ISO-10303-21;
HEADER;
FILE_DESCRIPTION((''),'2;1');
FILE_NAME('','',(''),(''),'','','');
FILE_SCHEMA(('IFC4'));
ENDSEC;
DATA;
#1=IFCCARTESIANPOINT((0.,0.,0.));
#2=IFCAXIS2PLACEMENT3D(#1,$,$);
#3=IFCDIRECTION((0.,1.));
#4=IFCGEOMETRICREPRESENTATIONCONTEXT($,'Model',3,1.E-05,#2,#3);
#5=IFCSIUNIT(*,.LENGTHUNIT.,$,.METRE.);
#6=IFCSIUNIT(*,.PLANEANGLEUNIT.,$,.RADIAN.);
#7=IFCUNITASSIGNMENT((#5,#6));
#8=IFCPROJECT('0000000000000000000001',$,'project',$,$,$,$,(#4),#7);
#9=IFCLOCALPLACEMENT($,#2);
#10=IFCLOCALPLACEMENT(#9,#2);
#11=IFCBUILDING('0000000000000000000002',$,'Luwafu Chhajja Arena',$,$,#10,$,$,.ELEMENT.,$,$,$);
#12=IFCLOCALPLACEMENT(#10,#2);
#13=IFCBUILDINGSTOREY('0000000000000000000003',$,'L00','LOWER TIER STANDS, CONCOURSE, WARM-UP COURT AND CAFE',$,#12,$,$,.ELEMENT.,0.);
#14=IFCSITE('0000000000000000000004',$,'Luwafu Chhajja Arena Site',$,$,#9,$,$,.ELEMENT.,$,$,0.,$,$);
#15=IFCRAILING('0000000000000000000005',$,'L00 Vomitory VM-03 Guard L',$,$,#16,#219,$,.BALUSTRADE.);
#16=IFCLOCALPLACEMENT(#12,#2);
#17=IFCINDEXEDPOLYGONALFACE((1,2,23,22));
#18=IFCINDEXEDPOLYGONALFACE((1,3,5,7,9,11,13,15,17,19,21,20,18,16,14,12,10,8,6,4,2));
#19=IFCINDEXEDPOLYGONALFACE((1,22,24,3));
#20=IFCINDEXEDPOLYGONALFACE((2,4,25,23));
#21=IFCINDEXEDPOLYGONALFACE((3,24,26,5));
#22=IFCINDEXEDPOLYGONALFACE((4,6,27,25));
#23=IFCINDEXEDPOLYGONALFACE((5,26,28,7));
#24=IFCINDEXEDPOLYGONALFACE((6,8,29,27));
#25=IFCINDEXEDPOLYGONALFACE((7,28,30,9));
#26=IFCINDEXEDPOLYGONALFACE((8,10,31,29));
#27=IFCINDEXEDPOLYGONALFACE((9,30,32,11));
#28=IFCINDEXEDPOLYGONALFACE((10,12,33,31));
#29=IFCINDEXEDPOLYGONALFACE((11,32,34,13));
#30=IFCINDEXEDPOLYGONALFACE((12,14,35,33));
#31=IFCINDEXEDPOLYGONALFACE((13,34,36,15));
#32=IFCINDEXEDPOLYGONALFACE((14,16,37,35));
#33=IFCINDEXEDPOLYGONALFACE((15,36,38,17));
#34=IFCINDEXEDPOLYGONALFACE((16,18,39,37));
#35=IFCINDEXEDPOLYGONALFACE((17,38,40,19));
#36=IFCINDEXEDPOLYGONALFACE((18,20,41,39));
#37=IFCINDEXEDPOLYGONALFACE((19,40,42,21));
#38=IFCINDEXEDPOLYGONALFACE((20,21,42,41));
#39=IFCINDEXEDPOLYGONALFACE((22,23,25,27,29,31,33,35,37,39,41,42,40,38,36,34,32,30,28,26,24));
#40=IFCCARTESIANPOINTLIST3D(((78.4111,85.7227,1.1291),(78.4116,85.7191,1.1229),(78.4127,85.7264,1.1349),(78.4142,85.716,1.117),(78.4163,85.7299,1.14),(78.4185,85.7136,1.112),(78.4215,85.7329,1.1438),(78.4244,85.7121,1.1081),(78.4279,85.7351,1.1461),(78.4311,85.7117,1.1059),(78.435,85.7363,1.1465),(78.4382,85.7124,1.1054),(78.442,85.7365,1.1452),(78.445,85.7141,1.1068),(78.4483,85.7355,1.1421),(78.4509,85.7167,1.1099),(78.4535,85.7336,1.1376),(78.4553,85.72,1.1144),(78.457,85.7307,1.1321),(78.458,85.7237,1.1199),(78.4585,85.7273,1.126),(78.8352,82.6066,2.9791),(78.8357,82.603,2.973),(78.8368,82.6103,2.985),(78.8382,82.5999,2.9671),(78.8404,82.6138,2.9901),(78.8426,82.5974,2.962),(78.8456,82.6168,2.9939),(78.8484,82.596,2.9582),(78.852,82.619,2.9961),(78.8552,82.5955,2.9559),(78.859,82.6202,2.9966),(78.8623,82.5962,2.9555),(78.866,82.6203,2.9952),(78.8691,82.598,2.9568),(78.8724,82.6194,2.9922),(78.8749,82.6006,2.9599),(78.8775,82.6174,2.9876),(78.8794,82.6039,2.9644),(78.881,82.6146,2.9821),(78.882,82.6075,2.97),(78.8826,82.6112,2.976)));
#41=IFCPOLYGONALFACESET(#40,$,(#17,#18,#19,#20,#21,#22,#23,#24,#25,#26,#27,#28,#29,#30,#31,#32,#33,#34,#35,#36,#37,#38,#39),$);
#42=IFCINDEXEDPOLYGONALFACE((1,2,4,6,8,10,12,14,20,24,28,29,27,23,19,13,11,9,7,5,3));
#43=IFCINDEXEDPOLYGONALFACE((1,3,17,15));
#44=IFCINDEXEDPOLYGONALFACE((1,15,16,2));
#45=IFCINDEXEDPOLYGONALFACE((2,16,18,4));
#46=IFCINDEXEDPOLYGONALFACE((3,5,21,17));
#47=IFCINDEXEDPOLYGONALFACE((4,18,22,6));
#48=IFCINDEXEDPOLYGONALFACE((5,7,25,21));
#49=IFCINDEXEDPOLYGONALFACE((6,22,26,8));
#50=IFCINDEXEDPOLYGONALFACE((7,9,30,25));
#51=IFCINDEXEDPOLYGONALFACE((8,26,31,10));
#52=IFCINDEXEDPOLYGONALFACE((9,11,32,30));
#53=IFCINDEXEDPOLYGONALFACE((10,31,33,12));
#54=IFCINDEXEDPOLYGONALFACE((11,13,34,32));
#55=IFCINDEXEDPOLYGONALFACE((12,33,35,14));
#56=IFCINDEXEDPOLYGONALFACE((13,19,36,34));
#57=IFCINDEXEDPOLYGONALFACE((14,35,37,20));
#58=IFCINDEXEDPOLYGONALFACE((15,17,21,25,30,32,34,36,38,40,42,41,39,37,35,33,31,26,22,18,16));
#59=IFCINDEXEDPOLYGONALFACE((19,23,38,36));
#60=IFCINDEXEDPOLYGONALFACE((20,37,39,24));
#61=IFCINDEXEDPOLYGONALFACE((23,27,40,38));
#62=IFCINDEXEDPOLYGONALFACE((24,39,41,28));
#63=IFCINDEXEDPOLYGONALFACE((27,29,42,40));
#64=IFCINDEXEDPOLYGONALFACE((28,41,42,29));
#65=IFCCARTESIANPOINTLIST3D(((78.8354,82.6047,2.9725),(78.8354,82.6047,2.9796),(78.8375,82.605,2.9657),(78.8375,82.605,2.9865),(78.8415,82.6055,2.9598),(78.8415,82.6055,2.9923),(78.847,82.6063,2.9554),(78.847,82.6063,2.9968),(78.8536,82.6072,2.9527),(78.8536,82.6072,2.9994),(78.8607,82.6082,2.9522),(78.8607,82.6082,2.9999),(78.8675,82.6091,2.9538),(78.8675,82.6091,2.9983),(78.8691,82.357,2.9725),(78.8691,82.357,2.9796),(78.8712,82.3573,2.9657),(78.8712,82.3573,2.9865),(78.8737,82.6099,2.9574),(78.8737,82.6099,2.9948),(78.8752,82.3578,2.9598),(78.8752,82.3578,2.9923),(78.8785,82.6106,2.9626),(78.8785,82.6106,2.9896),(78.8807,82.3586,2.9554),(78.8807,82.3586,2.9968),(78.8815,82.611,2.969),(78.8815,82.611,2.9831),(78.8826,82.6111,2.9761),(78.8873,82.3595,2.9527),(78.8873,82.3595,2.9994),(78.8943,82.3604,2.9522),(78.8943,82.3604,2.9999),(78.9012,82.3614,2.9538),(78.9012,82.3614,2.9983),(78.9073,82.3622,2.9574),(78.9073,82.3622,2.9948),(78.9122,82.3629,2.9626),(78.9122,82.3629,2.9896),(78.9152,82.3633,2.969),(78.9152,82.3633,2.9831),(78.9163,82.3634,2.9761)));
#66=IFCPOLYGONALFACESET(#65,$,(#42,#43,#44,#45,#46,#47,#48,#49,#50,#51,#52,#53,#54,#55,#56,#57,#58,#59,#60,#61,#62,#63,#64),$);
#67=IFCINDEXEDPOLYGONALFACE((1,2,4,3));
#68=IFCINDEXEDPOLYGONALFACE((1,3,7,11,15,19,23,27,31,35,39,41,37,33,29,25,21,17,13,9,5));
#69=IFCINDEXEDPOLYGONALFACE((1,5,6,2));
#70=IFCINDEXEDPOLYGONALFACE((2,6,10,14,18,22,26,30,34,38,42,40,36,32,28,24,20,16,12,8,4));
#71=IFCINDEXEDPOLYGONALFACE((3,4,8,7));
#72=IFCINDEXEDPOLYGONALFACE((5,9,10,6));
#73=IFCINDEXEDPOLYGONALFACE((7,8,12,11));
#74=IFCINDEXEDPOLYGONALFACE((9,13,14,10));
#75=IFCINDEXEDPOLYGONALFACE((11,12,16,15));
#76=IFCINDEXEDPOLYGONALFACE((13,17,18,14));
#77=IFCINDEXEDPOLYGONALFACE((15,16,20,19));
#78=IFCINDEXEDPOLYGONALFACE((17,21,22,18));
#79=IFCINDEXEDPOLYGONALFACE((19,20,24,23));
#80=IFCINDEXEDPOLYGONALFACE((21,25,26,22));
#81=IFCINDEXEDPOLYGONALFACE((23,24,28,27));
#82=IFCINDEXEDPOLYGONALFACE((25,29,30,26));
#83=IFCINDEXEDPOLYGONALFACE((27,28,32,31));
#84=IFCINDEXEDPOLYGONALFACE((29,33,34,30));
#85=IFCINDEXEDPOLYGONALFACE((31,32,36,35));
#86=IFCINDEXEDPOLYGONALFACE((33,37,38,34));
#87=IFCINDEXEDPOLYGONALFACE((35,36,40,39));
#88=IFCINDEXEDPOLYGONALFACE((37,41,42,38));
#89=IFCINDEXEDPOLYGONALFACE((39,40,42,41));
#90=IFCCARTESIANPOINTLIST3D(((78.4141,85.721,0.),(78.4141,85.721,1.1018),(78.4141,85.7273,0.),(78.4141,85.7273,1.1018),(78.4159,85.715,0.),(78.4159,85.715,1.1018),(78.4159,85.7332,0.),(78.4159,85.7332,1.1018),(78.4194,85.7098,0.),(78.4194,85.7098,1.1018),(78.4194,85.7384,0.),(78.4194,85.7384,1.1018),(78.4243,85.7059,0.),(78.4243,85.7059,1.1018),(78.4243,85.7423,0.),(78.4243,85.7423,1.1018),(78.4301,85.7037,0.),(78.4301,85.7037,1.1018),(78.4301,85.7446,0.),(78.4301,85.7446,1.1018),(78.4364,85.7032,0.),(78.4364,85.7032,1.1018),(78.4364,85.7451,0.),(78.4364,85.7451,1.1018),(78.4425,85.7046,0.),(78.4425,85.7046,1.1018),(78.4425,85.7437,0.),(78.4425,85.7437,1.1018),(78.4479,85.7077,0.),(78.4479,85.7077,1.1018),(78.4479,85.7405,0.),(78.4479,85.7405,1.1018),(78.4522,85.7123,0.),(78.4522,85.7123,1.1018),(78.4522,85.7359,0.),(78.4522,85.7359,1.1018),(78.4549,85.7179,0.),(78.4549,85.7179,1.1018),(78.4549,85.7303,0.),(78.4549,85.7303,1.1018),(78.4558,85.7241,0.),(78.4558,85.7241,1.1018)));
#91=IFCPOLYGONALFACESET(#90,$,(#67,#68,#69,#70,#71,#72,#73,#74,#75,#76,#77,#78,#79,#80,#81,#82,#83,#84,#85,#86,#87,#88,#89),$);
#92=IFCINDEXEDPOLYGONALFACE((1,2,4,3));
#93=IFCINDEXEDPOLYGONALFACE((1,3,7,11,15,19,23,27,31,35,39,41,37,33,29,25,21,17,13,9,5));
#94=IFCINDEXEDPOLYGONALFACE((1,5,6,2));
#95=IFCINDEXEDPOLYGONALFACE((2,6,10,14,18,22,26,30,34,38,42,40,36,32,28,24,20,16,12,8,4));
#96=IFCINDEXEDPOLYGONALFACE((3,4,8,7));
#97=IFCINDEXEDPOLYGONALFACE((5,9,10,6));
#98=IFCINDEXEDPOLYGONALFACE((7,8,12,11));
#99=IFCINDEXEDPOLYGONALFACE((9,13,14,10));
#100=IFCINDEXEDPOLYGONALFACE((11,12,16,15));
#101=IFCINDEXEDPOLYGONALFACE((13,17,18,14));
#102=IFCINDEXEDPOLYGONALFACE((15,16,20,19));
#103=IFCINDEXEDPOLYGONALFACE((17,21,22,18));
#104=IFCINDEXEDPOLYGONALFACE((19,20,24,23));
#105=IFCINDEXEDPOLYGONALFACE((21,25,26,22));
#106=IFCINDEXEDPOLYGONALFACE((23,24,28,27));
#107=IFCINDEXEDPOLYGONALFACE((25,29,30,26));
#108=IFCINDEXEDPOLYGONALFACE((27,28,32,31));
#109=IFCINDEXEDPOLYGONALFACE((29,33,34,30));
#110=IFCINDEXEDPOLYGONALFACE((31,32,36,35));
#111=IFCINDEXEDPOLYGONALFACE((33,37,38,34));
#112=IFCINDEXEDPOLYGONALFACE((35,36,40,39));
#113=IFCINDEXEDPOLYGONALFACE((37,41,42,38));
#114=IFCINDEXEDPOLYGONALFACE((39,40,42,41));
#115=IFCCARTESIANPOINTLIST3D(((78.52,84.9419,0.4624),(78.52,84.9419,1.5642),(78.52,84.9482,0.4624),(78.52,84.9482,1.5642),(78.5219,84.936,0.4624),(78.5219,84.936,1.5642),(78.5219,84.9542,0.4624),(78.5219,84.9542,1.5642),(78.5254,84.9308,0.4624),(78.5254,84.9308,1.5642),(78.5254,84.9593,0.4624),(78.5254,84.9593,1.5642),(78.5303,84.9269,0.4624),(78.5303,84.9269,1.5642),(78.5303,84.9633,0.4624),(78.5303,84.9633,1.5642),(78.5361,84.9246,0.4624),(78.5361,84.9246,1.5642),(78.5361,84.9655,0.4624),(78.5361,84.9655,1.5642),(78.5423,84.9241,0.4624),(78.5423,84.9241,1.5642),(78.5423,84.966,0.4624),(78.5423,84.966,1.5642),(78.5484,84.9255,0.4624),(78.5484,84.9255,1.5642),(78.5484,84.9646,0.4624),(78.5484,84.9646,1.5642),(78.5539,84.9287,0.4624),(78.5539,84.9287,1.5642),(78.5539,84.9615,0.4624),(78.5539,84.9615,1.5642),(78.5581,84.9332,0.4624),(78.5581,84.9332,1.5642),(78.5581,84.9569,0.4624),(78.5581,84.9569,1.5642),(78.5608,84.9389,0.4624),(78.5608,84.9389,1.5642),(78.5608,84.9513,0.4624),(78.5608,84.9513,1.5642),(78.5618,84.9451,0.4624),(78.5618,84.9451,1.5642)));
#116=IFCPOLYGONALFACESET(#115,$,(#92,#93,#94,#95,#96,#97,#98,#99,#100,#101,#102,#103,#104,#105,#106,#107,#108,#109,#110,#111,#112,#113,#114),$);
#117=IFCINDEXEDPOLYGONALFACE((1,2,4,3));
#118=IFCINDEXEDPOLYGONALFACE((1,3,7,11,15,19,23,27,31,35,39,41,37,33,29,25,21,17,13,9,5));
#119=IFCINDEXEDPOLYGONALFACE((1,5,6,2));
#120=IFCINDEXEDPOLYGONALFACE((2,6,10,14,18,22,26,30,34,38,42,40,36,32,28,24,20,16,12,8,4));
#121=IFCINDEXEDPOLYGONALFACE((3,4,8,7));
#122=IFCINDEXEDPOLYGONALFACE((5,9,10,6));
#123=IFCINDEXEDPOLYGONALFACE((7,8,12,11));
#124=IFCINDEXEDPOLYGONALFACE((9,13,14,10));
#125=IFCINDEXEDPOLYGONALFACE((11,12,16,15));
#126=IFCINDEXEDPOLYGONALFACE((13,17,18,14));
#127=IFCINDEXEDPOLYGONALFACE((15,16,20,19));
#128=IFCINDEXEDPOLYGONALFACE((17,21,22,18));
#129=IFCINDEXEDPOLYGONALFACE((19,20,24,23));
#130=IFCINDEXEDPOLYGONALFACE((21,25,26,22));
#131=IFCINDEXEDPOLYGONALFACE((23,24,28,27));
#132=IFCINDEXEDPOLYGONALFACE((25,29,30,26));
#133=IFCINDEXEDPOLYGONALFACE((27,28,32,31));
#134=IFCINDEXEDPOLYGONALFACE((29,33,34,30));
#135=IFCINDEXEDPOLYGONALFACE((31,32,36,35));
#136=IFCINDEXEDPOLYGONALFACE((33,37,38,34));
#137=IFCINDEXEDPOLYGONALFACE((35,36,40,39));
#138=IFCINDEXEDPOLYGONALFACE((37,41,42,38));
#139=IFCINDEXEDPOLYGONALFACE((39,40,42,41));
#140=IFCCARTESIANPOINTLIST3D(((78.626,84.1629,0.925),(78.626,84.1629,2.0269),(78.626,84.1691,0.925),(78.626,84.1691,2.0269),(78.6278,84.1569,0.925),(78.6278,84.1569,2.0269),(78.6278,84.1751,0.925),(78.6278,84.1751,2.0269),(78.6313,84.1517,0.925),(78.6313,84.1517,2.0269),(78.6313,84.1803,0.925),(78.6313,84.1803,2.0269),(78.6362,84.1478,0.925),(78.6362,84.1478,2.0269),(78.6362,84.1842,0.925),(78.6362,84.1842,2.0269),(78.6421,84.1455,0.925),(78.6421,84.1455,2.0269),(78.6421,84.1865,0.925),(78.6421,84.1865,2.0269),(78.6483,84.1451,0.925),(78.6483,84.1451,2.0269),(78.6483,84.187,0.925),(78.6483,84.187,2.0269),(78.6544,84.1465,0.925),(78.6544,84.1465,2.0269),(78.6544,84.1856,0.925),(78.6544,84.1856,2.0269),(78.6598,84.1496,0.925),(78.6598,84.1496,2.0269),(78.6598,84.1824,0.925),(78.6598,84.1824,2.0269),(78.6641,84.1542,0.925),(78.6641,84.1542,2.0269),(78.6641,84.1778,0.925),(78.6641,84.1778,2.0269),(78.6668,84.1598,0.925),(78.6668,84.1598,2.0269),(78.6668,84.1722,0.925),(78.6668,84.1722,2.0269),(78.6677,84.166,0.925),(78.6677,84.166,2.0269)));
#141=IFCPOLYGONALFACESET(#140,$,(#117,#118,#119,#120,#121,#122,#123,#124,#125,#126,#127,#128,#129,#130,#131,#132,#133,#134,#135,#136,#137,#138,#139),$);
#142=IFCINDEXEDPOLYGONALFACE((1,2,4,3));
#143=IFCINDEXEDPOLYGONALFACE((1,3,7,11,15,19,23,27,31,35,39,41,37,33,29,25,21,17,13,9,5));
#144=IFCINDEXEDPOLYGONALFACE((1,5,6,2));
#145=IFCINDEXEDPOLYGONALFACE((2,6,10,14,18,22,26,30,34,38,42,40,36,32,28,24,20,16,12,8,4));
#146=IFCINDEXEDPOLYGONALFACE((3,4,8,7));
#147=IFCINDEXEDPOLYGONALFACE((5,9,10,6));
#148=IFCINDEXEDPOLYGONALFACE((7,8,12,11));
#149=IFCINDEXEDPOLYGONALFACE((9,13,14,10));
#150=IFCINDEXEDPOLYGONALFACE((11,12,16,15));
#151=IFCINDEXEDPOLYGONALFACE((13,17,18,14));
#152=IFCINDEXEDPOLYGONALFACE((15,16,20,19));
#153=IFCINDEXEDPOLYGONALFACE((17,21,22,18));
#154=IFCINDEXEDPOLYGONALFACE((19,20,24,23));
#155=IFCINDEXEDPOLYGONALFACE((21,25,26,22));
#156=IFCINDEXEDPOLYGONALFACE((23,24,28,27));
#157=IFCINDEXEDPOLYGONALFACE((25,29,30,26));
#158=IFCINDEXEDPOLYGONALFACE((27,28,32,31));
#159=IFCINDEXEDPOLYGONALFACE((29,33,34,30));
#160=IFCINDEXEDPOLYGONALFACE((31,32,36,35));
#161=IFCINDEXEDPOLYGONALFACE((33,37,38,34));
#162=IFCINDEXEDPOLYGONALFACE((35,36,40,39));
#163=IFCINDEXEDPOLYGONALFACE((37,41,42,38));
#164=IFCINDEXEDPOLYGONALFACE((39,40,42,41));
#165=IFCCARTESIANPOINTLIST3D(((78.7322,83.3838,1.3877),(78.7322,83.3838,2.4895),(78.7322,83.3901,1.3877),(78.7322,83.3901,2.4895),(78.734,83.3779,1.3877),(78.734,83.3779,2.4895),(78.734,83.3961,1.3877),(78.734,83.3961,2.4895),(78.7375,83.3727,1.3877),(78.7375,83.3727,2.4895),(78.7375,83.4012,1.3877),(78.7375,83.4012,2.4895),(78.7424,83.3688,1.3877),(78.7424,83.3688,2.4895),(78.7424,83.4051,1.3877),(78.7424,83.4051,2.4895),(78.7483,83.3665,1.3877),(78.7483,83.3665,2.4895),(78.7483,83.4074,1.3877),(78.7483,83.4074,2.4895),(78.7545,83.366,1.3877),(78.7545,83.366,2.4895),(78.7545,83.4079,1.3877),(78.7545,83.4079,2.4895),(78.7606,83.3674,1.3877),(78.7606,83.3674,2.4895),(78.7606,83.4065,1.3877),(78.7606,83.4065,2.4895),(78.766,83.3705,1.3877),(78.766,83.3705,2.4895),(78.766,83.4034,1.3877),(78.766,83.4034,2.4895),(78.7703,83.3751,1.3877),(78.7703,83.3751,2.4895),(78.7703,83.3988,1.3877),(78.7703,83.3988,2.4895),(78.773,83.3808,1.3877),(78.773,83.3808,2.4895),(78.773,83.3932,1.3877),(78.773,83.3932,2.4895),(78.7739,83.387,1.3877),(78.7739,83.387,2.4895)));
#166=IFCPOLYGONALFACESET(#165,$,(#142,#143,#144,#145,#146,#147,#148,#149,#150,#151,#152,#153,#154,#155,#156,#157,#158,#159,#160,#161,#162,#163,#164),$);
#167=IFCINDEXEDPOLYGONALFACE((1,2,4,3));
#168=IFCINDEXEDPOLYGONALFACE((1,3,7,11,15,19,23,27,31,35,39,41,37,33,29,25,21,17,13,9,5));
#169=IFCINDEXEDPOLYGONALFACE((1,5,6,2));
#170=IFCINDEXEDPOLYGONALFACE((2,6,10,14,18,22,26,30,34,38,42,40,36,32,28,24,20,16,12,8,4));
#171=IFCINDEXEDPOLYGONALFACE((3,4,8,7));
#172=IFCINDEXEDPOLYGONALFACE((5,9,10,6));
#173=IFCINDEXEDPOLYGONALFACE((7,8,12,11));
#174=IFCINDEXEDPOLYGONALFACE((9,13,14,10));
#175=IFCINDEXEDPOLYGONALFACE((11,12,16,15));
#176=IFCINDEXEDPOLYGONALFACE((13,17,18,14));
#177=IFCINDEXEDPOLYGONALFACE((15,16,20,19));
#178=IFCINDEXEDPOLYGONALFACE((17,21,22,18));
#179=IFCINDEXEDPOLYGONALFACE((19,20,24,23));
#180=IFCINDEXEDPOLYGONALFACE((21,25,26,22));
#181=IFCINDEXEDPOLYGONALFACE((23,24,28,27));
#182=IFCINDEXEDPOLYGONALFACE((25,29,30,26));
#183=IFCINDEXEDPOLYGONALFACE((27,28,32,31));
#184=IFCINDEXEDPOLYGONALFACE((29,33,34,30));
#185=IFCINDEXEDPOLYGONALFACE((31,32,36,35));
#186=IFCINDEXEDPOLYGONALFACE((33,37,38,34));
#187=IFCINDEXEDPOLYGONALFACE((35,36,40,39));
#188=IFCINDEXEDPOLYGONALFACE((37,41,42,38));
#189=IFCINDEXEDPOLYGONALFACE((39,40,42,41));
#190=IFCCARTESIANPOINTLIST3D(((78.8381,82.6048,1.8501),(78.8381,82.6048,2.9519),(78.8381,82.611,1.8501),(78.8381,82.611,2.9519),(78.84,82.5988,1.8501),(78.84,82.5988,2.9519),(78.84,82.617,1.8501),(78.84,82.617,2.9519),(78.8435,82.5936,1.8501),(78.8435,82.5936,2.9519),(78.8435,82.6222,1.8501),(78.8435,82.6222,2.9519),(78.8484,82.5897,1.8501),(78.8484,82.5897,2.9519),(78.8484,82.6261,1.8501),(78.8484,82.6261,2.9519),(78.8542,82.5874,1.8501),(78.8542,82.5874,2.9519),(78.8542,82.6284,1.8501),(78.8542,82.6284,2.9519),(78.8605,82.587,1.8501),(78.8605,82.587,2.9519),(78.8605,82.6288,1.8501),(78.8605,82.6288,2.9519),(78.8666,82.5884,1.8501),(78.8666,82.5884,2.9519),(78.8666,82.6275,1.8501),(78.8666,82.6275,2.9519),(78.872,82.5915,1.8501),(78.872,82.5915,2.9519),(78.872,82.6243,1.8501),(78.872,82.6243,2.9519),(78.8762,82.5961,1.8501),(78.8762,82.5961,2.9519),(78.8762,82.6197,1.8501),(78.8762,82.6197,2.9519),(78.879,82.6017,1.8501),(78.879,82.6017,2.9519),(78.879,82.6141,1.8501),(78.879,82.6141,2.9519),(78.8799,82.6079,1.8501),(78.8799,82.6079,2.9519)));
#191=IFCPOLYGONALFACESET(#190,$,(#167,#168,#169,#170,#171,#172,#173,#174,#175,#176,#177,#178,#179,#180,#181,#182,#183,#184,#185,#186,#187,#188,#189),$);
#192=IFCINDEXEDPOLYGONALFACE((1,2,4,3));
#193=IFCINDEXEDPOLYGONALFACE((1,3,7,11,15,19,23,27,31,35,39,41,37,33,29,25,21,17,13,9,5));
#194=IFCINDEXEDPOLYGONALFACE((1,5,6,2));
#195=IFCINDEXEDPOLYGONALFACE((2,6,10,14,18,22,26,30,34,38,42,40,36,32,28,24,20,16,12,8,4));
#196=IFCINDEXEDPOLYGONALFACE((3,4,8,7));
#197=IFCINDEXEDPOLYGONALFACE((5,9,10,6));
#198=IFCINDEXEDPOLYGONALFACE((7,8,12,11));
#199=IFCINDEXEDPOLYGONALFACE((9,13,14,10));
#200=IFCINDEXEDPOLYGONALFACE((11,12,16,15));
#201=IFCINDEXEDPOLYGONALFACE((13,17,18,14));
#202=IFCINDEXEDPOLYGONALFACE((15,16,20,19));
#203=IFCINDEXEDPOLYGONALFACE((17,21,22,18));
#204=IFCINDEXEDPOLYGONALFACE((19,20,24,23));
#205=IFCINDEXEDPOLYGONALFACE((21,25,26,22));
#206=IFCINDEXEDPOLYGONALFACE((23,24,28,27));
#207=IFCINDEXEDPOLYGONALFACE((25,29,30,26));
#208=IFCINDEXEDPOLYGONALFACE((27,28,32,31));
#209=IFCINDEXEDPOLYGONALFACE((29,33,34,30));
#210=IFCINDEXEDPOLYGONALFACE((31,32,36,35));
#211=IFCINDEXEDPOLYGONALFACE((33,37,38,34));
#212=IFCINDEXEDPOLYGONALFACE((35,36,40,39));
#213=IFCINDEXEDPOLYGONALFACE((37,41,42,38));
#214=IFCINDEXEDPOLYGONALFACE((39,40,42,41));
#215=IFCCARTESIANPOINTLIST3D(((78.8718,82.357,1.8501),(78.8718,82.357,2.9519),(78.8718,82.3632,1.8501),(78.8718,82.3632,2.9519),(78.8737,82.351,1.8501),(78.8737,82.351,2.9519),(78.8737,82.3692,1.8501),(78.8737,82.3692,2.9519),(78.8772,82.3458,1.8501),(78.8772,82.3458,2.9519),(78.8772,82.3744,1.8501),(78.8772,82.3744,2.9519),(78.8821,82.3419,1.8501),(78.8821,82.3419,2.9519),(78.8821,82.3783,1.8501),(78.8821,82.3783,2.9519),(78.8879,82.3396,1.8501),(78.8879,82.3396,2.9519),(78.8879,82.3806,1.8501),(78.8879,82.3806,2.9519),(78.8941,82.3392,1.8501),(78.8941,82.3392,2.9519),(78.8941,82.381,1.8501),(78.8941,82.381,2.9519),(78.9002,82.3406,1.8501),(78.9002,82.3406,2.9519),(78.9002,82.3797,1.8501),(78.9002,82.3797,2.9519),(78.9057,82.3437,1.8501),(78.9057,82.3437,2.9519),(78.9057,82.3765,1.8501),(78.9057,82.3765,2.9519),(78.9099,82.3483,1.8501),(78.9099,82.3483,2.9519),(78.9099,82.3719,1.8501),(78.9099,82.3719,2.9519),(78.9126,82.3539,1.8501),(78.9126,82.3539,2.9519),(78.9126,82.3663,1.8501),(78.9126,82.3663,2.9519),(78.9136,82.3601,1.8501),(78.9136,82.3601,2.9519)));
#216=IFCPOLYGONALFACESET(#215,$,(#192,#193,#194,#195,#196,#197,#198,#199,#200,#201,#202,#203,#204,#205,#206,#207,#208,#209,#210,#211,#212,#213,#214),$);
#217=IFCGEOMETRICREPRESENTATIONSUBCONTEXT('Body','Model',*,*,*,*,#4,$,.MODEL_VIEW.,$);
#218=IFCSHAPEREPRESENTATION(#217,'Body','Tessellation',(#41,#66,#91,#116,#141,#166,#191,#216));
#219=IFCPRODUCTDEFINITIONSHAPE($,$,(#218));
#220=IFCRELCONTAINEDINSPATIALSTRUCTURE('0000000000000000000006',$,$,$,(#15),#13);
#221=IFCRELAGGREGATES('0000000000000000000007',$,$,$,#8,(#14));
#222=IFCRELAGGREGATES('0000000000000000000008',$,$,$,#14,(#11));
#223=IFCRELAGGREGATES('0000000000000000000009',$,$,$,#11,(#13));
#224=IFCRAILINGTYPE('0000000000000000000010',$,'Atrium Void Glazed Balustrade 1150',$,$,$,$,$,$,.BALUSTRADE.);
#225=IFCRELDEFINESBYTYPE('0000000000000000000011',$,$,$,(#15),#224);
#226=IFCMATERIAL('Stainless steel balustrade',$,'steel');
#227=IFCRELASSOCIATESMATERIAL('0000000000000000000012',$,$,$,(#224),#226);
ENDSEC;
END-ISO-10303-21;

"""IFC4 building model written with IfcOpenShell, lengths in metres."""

from ifc_helpers import new_model, si_unit, direction, frame, origin, origin_2d, place, context, subcontext, project, spatial, circle, extrude, material, type_object, element, save


model = new_model("IFC4")

# Units and contexts
model_context = context("Model", 3, precision=1e-05, world=origin(), true_north=direction((0.0, 1.0)))
body_context = subcontext(model_context, "Body", "Model", "MODEL_VIEW")
ifc_project = project(units=[si_unit("LENGTHUNIT", "METRE"), si_unit("PLANEANGLEUNIT", "RADIAN")], contexts=[model_context])

# Site, building, storey
site_placement = place(None, origin())
site = spatial("IfcSite", under=ifc_project, at=site_placement, Name="Luwafu Chhajja Arena Site", CompositionType="ELEMENT", RefElevation=0.0)
building_placement = place(site_placement, origin())
building = spatial("IfcBuilding", under=site, at=building_placement, Name="Luwafu Chhajja Arena", CompositionType="ELEMENT")
storey_placement = place(building_placement, origin())
storey = spatial("IfcBuildingStorey", under=building, at=storey_placement, Name="L00", Description="LOWER TIER STANDS, CONCOURSE, WARM-UP COURT AND CAFE", CompositionType="ELEMENT", Elevation=0.0)

# Railing
ifc_material_1 = material(Name="Stainless steel balustrade", Category="steel")
railing_type_1 = type_object("IfcRailingType", Name="Atrium Void Glazed Balustrade 1150", PredefinedType="BALUSTRADE", material=ifc_material_1)
railing_1_placement = place(storey_placement, frame((78.4348, 85.7241, 0.0)))
element("IfcRailing", 1, at=railing_1_placement, inside=storey, type_object=railing_type_1, Name="L00 Vomitory VM-03 Guard L", PredefinedType="BALUSTRADE", context=body_context, shape_type="SweptSolid", body=[
    extrude(circle(Radius=0.0239, at=origin_2d()), frame((0.0, 0.0, 1.126), z_axis=(0.116224, -0.854046, 0.507048), x_axis=(0.990867, 0.134843, 0.0)), (0.0, 0.0, 1.0), 3.6487),
    extrude(circle(Radius=0.0239, at=origin_2d()), frame((0.4241, -3.1162, 2.9761), z_axis=(0.134721, -0.990884, 0.0), x_axis=(0.990884, 0.134721, 0.0)), (0.0, 0.0, 1.0), 0.25),
    extrude(circle(Radius=0.021, at=origin_2d()), origin(), (0.0, 0.0, 1.0), 1.1018),
    extrude(circle(Radius=0.021, at=origin_2d()), frame((0.106, -0.7791, 0.4624)), (0.0, 0.0, 1.0), 1.1018),
    extrude(circle(Radius=0.021, at=origin_2d()), frame((0.2119, -1.5581, 0.925)), (0.0, 0.0, 1.0), 1.1018),
    extrude(circle(Radius=0.021, at=origin_2d()), frame((0.3181, -2.3372, 1.3877)), (0.0, 0.0, 1.0), 1.1018),
    extrude(circle(Radius=0.021, at=origin_2d()), frame((0.4241, -3.1162, 1.8501)), (0.0, 0.0, 1.0), 1.1018),
    extrude(circle(Radius=0.021, at=origin_2d()), frame((0.4578, -3.364, 1.8501)), (0.0, 0.0, 1.0), 1.1018),
])

save(model, "model.ifc")
